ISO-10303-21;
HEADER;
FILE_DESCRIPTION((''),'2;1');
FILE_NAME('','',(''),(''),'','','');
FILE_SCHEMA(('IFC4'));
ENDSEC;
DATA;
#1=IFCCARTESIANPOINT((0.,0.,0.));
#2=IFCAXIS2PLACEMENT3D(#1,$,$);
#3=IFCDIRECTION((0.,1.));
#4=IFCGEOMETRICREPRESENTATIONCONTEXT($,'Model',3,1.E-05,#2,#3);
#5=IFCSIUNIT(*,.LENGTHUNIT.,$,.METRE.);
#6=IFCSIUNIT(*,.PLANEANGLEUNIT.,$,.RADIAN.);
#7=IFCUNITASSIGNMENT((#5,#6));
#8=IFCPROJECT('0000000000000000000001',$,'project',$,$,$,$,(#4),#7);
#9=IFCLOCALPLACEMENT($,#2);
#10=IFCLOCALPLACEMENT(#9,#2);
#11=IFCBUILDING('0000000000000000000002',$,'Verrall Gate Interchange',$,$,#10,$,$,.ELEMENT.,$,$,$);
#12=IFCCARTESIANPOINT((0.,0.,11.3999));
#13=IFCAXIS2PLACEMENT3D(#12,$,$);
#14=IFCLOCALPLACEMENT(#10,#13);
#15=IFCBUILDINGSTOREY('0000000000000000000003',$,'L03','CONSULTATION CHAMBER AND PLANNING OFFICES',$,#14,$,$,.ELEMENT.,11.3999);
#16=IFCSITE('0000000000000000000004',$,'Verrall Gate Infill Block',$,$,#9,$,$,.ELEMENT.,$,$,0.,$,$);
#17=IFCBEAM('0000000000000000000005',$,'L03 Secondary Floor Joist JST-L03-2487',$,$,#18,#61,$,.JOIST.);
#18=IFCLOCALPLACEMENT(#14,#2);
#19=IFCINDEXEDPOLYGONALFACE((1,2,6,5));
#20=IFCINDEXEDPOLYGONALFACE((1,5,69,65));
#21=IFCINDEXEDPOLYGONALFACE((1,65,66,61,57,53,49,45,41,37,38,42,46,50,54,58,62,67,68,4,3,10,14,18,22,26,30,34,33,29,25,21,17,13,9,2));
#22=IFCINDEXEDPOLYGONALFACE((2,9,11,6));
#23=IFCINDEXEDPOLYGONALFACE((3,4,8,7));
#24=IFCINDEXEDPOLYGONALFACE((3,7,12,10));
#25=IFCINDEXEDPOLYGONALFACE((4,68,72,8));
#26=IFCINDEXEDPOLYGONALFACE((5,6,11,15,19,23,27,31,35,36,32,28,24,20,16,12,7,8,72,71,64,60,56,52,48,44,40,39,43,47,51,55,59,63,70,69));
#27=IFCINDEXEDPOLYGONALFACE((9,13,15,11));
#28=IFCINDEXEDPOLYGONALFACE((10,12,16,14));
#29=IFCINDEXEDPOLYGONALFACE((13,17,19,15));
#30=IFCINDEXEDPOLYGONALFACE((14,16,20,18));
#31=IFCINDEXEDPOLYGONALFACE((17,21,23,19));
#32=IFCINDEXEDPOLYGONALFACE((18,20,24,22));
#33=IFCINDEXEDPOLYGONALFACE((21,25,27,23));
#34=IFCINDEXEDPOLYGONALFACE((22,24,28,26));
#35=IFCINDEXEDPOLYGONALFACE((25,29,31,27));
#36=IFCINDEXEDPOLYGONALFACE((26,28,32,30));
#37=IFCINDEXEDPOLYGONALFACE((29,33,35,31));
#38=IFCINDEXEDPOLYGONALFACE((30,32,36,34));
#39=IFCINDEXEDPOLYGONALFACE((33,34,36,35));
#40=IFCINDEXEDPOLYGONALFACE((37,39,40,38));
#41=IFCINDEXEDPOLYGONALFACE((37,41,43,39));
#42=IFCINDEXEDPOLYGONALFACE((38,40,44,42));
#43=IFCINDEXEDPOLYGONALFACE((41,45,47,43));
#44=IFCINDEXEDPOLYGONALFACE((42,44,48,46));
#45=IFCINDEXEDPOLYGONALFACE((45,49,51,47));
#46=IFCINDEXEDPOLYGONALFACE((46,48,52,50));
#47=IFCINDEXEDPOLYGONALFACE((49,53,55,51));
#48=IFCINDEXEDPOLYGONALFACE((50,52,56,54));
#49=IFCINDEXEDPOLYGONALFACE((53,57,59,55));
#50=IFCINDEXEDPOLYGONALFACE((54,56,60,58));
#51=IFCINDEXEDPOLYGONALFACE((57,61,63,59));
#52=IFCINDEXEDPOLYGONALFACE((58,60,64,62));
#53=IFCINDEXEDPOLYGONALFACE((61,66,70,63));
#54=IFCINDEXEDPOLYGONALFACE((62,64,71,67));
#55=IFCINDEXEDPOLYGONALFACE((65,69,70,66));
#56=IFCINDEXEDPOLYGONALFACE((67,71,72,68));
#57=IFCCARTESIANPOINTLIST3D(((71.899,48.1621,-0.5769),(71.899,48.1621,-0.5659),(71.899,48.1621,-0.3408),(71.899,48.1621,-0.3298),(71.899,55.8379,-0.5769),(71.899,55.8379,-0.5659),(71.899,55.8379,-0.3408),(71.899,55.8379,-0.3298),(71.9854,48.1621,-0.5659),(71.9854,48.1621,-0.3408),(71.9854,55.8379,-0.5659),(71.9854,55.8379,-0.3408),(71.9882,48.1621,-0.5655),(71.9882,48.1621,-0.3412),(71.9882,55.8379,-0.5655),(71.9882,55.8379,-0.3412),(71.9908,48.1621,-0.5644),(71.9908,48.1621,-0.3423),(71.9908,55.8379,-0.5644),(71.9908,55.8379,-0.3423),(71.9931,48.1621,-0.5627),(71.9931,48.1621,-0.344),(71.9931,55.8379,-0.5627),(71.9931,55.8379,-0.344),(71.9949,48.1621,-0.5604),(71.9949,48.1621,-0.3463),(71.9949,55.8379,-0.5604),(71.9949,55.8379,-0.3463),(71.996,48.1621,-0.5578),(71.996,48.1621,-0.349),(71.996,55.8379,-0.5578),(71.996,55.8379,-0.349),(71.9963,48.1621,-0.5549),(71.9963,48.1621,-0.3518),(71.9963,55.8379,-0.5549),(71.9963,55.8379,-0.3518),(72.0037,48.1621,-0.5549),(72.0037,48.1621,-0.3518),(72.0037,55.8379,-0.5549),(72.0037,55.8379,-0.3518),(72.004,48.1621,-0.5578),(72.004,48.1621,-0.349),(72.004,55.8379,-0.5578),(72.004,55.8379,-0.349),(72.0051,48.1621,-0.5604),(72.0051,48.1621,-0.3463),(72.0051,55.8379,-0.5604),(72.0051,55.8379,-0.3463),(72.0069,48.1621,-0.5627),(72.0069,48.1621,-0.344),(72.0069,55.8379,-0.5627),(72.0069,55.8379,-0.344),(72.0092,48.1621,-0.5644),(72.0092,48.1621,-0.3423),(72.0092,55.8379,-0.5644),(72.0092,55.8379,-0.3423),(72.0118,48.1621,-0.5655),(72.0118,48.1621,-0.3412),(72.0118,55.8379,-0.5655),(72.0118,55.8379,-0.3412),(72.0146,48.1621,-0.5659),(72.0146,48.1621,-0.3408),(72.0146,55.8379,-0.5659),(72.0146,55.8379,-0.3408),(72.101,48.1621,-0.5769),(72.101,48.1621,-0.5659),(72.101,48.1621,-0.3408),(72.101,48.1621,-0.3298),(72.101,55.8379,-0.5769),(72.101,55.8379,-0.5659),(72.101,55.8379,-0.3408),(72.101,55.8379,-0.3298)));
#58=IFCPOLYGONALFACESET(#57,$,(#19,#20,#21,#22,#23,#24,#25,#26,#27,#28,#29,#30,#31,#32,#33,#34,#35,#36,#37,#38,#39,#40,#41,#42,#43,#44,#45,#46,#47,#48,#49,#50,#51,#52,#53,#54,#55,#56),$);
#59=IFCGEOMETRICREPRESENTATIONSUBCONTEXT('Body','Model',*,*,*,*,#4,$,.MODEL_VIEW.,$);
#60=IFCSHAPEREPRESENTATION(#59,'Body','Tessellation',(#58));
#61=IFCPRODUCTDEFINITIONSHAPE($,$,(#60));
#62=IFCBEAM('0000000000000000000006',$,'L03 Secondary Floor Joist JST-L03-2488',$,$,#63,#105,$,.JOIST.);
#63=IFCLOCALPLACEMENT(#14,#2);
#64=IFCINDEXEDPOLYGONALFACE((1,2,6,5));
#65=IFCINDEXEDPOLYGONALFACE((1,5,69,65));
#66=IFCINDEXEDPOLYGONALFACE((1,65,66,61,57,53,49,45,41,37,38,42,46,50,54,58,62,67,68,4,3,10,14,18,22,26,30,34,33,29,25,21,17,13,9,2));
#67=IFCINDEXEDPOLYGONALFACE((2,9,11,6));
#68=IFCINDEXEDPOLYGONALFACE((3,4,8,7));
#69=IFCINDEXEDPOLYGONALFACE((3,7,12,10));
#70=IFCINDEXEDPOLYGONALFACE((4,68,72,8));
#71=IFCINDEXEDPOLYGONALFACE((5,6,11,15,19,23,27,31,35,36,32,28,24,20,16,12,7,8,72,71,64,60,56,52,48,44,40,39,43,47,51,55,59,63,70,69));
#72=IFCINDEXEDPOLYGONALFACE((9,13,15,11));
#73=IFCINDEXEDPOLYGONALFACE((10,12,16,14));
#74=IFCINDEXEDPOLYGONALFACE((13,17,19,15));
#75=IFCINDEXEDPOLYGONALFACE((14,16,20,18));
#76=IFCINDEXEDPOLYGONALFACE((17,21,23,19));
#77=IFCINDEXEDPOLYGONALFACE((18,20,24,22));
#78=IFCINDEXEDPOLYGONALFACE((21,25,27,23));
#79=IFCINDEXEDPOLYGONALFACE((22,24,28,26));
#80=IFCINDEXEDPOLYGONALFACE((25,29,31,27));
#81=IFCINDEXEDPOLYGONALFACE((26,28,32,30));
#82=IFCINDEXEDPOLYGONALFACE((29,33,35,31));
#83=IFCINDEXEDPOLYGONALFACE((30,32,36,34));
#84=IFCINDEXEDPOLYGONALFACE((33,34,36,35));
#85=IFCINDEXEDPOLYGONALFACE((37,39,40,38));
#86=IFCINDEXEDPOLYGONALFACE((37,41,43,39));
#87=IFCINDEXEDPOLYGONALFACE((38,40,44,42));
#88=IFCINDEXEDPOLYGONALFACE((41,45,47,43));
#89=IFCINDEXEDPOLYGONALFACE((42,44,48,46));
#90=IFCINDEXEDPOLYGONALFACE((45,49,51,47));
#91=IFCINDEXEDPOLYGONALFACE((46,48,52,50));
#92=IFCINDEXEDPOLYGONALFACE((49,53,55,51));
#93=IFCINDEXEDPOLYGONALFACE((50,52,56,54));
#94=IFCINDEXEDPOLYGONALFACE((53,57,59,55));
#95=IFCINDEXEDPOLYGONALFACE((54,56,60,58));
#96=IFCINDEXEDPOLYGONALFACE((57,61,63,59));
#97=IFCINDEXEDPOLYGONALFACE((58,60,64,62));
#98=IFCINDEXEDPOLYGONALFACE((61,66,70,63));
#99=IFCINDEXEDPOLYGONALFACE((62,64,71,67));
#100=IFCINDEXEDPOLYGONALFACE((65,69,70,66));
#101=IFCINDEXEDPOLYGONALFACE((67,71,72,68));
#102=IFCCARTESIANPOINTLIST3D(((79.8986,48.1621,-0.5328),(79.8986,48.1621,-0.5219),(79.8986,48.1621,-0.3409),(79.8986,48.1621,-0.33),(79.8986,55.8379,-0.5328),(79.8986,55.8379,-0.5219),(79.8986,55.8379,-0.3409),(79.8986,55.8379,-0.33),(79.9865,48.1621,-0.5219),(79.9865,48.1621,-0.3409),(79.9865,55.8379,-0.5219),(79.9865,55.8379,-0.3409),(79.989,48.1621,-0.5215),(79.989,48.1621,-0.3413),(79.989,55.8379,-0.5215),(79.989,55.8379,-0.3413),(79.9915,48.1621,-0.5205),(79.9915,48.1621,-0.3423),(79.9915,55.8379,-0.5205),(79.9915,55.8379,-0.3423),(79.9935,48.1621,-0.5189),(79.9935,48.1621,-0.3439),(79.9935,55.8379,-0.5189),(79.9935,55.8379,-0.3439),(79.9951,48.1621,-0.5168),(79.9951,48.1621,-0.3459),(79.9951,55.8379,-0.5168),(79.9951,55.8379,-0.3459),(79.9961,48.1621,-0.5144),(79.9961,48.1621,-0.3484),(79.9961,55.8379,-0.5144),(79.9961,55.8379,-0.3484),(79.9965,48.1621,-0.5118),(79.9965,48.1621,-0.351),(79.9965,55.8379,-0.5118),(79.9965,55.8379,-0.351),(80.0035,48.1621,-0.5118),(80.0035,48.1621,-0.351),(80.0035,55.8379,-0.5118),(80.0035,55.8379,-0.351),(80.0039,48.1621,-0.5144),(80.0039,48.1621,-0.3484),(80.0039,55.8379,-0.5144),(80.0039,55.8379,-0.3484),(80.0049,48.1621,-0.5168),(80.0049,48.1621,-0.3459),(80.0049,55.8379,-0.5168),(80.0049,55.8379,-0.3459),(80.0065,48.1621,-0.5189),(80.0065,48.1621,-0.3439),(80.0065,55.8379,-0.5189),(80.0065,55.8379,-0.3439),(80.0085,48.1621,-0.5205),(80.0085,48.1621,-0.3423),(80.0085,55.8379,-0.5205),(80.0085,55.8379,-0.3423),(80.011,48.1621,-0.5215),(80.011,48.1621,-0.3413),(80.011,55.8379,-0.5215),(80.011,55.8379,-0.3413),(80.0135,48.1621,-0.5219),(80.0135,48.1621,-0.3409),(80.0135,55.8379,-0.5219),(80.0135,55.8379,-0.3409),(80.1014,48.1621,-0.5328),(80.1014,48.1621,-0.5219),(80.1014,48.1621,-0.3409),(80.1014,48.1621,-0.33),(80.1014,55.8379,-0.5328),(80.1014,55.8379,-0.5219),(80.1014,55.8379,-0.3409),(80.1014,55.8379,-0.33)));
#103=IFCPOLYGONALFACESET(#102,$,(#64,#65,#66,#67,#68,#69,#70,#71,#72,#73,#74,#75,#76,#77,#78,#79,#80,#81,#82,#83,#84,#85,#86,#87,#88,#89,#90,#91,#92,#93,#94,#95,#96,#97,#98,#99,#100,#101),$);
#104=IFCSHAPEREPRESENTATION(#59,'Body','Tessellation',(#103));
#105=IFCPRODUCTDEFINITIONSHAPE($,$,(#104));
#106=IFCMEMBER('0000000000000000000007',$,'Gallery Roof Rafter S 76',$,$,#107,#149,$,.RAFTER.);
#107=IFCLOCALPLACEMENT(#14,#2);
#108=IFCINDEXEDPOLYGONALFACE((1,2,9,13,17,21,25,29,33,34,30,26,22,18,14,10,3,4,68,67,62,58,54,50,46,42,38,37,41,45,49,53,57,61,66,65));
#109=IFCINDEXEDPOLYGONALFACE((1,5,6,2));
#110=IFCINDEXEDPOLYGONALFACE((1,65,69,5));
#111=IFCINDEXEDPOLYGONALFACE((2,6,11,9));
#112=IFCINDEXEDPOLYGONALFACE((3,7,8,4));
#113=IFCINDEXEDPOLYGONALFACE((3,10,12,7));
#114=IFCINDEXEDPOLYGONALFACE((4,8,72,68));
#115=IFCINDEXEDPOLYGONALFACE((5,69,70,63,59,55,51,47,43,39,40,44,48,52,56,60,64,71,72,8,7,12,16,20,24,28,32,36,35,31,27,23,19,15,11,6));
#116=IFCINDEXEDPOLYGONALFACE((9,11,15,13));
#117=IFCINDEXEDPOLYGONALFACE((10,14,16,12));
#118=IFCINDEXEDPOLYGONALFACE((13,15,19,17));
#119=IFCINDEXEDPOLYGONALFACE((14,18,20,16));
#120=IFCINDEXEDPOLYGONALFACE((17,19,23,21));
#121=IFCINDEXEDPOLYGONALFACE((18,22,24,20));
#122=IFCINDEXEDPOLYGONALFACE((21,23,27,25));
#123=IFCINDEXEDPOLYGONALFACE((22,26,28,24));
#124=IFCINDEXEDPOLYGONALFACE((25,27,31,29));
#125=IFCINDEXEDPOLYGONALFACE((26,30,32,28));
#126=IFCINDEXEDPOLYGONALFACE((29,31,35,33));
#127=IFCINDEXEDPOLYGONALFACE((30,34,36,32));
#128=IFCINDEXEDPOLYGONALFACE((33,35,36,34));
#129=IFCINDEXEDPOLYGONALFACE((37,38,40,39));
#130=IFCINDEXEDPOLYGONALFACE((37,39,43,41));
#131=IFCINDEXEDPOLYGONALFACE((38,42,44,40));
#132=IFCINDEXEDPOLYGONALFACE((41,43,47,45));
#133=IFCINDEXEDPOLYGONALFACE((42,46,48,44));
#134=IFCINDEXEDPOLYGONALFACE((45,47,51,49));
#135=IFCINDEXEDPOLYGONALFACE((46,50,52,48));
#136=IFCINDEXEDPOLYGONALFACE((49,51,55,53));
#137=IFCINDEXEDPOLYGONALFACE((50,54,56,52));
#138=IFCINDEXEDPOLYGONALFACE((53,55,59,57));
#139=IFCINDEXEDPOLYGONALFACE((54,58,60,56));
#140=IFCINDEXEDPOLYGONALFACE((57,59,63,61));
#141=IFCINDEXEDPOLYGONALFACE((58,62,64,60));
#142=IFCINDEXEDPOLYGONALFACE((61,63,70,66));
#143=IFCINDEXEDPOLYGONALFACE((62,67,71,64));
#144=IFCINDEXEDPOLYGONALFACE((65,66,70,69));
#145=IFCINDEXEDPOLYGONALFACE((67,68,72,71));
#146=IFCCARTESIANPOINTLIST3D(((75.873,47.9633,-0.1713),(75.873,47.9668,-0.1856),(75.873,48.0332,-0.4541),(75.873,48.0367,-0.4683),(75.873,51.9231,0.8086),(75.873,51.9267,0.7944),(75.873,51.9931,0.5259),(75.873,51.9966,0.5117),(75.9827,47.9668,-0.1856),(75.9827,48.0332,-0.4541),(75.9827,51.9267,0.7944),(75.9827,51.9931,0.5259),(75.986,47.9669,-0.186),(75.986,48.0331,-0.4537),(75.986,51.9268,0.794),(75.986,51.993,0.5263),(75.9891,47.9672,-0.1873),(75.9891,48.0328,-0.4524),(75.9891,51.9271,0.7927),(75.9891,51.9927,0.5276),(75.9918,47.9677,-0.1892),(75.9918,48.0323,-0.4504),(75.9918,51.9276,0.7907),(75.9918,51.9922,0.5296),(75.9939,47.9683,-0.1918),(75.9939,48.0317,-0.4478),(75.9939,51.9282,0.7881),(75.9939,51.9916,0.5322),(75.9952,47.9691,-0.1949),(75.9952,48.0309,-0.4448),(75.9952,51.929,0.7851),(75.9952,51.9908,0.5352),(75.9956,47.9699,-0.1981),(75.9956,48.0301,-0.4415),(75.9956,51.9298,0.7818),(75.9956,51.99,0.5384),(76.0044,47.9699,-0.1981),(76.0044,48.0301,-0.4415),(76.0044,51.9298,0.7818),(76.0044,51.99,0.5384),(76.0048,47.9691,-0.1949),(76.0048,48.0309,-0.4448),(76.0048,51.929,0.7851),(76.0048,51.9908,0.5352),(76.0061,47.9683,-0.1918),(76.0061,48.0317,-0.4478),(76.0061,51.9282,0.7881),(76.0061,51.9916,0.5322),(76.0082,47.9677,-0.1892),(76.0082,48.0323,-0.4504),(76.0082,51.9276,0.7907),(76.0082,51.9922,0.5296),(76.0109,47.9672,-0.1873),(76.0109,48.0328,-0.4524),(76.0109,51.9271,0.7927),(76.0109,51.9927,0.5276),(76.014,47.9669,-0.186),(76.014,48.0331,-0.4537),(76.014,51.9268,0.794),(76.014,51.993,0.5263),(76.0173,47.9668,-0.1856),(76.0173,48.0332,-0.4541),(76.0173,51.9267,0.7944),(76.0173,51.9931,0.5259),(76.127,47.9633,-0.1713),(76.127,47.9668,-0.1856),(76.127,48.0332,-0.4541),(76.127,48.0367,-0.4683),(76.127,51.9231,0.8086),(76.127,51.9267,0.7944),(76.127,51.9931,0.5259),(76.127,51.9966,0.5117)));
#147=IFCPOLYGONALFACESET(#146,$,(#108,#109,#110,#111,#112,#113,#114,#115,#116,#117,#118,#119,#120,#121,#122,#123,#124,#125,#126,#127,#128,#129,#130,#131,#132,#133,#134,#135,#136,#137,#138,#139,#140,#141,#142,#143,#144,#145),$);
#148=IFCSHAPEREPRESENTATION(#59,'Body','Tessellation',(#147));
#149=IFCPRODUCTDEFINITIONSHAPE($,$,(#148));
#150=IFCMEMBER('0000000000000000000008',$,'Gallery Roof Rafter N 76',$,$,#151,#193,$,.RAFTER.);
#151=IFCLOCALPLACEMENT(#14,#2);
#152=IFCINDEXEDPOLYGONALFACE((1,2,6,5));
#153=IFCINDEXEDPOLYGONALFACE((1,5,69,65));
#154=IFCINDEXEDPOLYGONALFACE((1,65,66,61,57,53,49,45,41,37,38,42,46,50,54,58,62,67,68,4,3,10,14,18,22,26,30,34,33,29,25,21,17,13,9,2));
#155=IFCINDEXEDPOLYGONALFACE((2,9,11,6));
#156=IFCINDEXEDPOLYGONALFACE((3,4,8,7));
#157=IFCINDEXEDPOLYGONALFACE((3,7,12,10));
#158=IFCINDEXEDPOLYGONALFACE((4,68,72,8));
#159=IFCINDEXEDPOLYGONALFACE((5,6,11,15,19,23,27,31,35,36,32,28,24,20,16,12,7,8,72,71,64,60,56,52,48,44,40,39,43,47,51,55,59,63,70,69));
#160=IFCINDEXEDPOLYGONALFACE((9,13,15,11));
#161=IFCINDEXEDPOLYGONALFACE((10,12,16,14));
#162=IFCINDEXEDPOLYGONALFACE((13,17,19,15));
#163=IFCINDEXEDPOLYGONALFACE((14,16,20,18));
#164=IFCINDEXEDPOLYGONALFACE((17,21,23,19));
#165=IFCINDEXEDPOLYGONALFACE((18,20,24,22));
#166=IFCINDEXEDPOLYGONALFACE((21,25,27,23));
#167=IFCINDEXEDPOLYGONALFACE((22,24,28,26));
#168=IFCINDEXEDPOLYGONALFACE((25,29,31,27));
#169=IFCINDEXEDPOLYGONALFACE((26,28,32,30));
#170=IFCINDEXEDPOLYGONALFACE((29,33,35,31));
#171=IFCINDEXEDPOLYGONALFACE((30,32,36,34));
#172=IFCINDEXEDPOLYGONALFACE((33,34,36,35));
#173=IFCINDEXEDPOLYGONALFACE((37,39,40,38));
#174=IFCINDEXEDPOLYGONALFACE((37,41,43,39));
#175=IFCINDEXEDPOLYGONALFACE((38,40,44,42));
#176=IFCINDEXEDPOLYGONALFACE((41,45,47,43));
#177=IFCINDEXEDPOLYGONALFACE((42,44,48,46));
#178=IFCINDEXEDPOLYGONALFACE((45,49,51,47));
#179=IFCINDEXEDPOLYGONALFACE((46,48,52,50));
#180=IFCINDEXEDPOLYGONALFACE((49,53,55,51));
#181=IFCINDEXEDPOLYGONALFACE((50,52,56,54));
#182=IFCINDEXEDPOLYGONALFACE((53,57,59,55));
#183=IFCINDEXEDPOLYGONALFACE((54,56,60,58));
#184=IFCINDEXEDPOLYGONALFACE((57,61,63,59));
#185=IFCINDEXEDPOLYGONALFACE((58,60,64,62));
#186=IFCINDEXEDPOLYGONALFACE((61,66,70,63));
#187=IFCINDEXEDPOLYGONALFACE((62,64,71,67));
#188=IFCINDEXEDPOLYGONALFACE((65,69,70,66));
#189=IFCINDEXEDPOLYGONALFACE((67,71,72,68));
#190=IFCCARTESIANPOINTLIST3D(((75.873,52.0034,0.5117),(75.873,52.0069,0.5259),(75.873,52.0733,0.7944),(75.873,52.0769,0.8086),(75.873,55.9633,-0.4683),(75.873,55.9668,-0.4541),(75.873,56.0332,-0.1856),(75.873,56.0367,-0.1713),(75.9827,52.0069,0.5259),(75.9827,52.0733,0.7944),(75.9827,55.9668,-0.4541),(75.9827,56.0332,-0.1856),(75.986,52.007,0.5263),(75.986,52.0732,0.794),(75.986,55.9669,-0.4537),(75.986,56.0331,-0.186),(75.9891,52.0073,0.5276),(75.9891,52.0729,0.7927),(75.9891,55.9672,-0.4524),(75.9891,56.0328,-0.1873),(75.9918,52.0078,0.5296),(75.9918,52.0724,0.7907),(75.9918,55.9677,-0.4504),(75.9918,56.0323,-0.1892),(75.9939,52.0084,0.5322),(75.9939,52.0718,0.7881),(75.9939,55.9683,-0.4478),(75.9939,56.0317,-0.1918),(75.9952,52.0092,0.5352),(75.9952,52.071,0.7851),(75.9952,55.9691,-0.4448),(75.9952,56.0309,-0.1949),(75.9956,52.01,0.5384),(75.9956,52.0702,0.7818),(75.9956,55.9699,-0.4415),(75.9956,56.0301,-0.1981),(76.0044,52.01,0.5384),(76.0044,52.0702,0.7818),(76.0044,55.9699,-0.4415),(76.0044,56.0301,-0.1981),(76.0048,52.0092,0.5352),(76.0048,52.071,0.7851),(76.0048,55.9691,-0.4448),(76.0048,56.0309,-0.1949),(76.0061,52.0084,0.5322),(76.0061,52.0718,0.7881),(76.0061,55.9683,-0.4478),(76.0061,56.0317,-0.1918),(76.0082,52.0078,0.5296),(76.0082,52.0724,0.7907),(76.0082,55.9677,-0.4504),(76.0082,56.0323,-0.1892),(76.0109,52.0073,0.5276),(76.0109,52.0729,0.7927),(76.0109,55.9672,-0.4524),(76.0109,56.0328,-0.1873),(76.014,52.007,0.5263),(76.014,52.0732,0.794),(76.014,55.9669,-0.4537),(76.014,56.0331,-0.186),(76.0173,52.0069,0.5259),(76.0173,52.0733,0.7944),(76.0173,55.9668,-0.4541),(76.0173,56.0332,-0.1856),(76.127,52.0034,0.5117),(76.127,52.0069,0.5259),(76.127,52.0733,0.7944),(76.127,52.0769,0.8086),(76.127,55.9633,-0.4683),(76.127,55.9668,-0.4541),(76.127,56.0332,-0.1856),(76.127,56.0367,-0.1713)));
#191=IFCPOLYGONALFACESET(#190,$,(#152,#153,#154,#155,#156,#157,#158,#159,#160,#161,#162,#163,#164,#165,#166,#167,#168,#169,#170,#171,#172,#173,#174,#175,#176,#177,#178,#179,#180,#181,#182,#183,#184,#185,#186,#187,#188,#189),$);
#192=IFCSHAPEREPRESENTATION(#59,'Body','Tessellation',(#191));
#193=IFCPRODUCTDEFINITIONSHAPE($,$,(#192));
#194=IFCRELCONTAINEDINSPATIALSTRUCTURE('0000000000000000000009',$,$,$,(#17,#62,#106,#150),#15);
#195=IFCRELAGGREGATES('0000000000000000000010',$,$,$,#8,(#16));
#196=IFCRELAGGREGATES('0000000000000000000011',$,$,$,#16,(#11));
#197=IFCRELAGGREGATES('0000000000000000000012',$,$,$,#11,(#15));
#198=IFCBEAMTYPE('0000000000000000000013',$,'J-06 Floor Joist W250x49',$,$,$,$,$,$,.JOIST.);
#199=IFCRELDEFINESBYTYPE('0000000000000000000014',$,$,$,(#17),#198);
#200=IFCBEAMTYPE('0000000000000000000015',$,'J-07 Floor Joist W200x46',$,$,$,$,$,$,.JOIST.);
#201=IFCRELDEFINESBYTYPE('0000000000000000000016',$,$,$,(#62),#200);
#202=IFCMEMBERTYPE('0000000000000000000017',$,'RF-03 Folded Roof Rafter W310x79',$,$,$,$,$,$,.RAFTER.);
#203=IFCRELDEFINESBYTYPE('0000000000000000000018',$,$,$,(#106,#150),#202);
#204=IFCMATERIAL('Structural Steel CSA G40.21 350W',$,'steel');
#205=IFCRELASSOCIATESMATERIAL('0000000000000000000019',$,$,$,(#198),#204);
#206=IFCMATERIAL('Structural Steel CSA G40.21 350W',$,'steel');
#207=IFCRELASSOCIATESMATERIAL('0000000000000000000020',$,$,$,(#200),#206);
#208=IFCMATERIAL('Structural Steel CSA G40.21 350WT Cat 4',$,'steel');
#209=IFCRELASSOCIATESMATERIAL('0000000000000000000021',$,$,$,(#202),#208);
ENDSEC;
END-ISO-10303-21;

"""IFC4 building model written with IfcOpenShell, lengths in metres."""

from ifc_helpers import new_model, si_unit, direction, frame, origin, origin_2d, place, context, subcontext, project, spatial, i_section, extrude, material, material_profile, profile_set, type_object, element, save


model = new_model("IFC4")

# Units and contexts
model_context = context("Model", 3, precision=1e-05, world=origin(), true_north=direction((0.0, 1.0)))
body_context = subcontext(model_context, "Body", "Model", "MODEL_VIEW")
ifc_project = project(units=[si_unit("LENGTHUNIT", "METRE"), si_unit("PLANEANGLEUNIT", "RADIAN")], contexts=[model_context])

# Site, building, storey
site_placement = place(None, origin())
site = spatial("IfcSite", under=ifc_project, at=site_placement, Name="Verrall Gate Infill Block", CompositionType="ELEMENT", RefElevation=0.0)
building_placement = place(site_placement, origin())
building = spatial("IfcBuilding", under=site, at=building_placement, Name="Verrall Gate Interchange", CompositionType="ELEMENT")
storey_placement = place(building_placement, frame((0.0, 0.0, 11.3999)))
storey = spatial("IfcBuildingStorey", under=building, at=storey_placement, Name="L03", Description="CONSULTATION CHAMBER AND PLANNING OFFICES", CompositionType="ELEMENT", Elevation=11.3999)

# Beams
ifc_material_1 = material(Name="Structural Steel CSA G40.21 350W", Category="steel")
ifc_material_profile_1 = material_profile(ifc_material_1, i_section(OverallWidth=0.2019, OverallDepth=0.2471, WebThickness=0.0073, FlangeThickness=0.011, FilletRadius=0.011, at=origin_2d()), Name="W250x49")
ifc_profile_set_1 = profile_set([ifc_material_profile_1], Name="Structural Steel CSA G40.21 350W")
beam_type_1 = type_object("IfcBeamType", Name="J-06 Floor Joist W250x49", PredefinedType="JOIST", material=ifc_profile_set_1)
beam_1_placement = place(storey_placement, frame((72.0, 48.1621, -0.4534), z_axis=(0.0, 1.0, 0.0), x_axis=(-1.0, 0.0, 0.0)))
element("IfcBeam", 1, at=beam_1_placement, inside=storey, type_object=beam_type_1, Name="L03 Secondary Floor Joist JST-L03-2487", PredefinedType="JOIST", context=body_context, shape_type="SweptSolid", body=[
    extrude(i_section(OverallWidth=0.2019, OverallDepth=0.2471, WebThickness=0.0073, FlangeThickness=0.011, FilletRadius=0.011, at=origin_2d()), origin(), (0.0, 0.0, 1.0), 7.6758),
])
ifc_material_2 = material(Name="Structural Steel CSA G40.21 350W", Category="steel")
ifc_material_profile_2 = material_profile(ifc_material_2, i_section(OverallWidth=0.2029, OverallDepth=0.2029, WebThickness=0.0071, FlangeThickness=0.011, FilletRadius=0.01, at=origin_2d()), Name="W200x46")
ifc_profile_set_2 = profile_set([ifc_material_profile_2], Name="Structural Steel CSA G40.21 350W")
beam_type_2 = type_object("IfcBeamType", Name="J-07 Floor Joist W200x46", PredefinedType="JOIST", material=ifc_profile_set_2)
beam_2_placement = place(storey_placement, frame((80.0, 48.1621, -0.4314), z_axis=(0.0, 1.0, 0.0), x_axis=(-1.0, 0.0, 0.0)))
element("IfcBeam", 2, at=beam_2_placement, inside=storey, type_object=beam_type_2, Name="L03 Secondary Floor Joist JST-L03-2488", PredefinedType="JOIST", context=body_context, shape_type="SweptSolid", body=[
    extrude(i_section(OverallWidth=0.2029, OverallDepth=0.2029, WebThickness=0.0071, FlangeThickness=0.011, FilletRadius=0.01, at=origin_2d()), origin(), (0.0, 0.0, 1.0), 7.6758),
])

# Members
ifc_material_3 = material(Name="Structural Steel CSA G40.21 350WT Cat 4", Category="steel")
ifc_material_profile_3 = material_profile(ifc_material_3, i_section(OverallWidth=0.2539, OverallDepth=0.3059, WebThickness=0.0088, FlangeThickness=0.0146, FilletRadius=0.0129, at=origin_2d()), Name="W310x79")
ifc_profile_set_3 = profile_set([ifc_material_profile_3], Name="Structural Steel CSA G40.21 350WT Cat 4")
member_type_1 = type_object("IfcMemberType", Name="RF-03 Folded Roof Rafter W310x79", PredefinedType="RAFTER", material=ifc_profile_set_3)
for number, where, z_axis, x_axis, name in (
    (3, (76.0, 48.0, -0.3198), (0.0, 0.970717, 0.240226), (-1.0, 0.0, 0.0), "Gallery Roof Rafter S 76"),
    (4, (76.0, 56.0, -0.3198), (0.0, -0.970717, 0.240226), (1.0, 0.0, 0.0), "Gallery Roof Rafter N 76"),
):
    element("IfcMember", number, at=place(storey_placement, frame(where, z_axis=z_axis, x_axis=x_axis)), inside=storey, type_object=member_type_1, Name=name, PredefinedType="RAFTER", context=body_context, shape_type="SweptSolid", body=[
        extrude(i_section(OverallWidth=0.2539, OverallDepth=0.3059, WebThickness=0.0088, FlangeThickness=0.0146, FilletRadius=0.0129, at=origin_2d()), origin(), (0.0, 0.0, 1.0), 4.0793),
    ])

save(model, "model.ifc")
